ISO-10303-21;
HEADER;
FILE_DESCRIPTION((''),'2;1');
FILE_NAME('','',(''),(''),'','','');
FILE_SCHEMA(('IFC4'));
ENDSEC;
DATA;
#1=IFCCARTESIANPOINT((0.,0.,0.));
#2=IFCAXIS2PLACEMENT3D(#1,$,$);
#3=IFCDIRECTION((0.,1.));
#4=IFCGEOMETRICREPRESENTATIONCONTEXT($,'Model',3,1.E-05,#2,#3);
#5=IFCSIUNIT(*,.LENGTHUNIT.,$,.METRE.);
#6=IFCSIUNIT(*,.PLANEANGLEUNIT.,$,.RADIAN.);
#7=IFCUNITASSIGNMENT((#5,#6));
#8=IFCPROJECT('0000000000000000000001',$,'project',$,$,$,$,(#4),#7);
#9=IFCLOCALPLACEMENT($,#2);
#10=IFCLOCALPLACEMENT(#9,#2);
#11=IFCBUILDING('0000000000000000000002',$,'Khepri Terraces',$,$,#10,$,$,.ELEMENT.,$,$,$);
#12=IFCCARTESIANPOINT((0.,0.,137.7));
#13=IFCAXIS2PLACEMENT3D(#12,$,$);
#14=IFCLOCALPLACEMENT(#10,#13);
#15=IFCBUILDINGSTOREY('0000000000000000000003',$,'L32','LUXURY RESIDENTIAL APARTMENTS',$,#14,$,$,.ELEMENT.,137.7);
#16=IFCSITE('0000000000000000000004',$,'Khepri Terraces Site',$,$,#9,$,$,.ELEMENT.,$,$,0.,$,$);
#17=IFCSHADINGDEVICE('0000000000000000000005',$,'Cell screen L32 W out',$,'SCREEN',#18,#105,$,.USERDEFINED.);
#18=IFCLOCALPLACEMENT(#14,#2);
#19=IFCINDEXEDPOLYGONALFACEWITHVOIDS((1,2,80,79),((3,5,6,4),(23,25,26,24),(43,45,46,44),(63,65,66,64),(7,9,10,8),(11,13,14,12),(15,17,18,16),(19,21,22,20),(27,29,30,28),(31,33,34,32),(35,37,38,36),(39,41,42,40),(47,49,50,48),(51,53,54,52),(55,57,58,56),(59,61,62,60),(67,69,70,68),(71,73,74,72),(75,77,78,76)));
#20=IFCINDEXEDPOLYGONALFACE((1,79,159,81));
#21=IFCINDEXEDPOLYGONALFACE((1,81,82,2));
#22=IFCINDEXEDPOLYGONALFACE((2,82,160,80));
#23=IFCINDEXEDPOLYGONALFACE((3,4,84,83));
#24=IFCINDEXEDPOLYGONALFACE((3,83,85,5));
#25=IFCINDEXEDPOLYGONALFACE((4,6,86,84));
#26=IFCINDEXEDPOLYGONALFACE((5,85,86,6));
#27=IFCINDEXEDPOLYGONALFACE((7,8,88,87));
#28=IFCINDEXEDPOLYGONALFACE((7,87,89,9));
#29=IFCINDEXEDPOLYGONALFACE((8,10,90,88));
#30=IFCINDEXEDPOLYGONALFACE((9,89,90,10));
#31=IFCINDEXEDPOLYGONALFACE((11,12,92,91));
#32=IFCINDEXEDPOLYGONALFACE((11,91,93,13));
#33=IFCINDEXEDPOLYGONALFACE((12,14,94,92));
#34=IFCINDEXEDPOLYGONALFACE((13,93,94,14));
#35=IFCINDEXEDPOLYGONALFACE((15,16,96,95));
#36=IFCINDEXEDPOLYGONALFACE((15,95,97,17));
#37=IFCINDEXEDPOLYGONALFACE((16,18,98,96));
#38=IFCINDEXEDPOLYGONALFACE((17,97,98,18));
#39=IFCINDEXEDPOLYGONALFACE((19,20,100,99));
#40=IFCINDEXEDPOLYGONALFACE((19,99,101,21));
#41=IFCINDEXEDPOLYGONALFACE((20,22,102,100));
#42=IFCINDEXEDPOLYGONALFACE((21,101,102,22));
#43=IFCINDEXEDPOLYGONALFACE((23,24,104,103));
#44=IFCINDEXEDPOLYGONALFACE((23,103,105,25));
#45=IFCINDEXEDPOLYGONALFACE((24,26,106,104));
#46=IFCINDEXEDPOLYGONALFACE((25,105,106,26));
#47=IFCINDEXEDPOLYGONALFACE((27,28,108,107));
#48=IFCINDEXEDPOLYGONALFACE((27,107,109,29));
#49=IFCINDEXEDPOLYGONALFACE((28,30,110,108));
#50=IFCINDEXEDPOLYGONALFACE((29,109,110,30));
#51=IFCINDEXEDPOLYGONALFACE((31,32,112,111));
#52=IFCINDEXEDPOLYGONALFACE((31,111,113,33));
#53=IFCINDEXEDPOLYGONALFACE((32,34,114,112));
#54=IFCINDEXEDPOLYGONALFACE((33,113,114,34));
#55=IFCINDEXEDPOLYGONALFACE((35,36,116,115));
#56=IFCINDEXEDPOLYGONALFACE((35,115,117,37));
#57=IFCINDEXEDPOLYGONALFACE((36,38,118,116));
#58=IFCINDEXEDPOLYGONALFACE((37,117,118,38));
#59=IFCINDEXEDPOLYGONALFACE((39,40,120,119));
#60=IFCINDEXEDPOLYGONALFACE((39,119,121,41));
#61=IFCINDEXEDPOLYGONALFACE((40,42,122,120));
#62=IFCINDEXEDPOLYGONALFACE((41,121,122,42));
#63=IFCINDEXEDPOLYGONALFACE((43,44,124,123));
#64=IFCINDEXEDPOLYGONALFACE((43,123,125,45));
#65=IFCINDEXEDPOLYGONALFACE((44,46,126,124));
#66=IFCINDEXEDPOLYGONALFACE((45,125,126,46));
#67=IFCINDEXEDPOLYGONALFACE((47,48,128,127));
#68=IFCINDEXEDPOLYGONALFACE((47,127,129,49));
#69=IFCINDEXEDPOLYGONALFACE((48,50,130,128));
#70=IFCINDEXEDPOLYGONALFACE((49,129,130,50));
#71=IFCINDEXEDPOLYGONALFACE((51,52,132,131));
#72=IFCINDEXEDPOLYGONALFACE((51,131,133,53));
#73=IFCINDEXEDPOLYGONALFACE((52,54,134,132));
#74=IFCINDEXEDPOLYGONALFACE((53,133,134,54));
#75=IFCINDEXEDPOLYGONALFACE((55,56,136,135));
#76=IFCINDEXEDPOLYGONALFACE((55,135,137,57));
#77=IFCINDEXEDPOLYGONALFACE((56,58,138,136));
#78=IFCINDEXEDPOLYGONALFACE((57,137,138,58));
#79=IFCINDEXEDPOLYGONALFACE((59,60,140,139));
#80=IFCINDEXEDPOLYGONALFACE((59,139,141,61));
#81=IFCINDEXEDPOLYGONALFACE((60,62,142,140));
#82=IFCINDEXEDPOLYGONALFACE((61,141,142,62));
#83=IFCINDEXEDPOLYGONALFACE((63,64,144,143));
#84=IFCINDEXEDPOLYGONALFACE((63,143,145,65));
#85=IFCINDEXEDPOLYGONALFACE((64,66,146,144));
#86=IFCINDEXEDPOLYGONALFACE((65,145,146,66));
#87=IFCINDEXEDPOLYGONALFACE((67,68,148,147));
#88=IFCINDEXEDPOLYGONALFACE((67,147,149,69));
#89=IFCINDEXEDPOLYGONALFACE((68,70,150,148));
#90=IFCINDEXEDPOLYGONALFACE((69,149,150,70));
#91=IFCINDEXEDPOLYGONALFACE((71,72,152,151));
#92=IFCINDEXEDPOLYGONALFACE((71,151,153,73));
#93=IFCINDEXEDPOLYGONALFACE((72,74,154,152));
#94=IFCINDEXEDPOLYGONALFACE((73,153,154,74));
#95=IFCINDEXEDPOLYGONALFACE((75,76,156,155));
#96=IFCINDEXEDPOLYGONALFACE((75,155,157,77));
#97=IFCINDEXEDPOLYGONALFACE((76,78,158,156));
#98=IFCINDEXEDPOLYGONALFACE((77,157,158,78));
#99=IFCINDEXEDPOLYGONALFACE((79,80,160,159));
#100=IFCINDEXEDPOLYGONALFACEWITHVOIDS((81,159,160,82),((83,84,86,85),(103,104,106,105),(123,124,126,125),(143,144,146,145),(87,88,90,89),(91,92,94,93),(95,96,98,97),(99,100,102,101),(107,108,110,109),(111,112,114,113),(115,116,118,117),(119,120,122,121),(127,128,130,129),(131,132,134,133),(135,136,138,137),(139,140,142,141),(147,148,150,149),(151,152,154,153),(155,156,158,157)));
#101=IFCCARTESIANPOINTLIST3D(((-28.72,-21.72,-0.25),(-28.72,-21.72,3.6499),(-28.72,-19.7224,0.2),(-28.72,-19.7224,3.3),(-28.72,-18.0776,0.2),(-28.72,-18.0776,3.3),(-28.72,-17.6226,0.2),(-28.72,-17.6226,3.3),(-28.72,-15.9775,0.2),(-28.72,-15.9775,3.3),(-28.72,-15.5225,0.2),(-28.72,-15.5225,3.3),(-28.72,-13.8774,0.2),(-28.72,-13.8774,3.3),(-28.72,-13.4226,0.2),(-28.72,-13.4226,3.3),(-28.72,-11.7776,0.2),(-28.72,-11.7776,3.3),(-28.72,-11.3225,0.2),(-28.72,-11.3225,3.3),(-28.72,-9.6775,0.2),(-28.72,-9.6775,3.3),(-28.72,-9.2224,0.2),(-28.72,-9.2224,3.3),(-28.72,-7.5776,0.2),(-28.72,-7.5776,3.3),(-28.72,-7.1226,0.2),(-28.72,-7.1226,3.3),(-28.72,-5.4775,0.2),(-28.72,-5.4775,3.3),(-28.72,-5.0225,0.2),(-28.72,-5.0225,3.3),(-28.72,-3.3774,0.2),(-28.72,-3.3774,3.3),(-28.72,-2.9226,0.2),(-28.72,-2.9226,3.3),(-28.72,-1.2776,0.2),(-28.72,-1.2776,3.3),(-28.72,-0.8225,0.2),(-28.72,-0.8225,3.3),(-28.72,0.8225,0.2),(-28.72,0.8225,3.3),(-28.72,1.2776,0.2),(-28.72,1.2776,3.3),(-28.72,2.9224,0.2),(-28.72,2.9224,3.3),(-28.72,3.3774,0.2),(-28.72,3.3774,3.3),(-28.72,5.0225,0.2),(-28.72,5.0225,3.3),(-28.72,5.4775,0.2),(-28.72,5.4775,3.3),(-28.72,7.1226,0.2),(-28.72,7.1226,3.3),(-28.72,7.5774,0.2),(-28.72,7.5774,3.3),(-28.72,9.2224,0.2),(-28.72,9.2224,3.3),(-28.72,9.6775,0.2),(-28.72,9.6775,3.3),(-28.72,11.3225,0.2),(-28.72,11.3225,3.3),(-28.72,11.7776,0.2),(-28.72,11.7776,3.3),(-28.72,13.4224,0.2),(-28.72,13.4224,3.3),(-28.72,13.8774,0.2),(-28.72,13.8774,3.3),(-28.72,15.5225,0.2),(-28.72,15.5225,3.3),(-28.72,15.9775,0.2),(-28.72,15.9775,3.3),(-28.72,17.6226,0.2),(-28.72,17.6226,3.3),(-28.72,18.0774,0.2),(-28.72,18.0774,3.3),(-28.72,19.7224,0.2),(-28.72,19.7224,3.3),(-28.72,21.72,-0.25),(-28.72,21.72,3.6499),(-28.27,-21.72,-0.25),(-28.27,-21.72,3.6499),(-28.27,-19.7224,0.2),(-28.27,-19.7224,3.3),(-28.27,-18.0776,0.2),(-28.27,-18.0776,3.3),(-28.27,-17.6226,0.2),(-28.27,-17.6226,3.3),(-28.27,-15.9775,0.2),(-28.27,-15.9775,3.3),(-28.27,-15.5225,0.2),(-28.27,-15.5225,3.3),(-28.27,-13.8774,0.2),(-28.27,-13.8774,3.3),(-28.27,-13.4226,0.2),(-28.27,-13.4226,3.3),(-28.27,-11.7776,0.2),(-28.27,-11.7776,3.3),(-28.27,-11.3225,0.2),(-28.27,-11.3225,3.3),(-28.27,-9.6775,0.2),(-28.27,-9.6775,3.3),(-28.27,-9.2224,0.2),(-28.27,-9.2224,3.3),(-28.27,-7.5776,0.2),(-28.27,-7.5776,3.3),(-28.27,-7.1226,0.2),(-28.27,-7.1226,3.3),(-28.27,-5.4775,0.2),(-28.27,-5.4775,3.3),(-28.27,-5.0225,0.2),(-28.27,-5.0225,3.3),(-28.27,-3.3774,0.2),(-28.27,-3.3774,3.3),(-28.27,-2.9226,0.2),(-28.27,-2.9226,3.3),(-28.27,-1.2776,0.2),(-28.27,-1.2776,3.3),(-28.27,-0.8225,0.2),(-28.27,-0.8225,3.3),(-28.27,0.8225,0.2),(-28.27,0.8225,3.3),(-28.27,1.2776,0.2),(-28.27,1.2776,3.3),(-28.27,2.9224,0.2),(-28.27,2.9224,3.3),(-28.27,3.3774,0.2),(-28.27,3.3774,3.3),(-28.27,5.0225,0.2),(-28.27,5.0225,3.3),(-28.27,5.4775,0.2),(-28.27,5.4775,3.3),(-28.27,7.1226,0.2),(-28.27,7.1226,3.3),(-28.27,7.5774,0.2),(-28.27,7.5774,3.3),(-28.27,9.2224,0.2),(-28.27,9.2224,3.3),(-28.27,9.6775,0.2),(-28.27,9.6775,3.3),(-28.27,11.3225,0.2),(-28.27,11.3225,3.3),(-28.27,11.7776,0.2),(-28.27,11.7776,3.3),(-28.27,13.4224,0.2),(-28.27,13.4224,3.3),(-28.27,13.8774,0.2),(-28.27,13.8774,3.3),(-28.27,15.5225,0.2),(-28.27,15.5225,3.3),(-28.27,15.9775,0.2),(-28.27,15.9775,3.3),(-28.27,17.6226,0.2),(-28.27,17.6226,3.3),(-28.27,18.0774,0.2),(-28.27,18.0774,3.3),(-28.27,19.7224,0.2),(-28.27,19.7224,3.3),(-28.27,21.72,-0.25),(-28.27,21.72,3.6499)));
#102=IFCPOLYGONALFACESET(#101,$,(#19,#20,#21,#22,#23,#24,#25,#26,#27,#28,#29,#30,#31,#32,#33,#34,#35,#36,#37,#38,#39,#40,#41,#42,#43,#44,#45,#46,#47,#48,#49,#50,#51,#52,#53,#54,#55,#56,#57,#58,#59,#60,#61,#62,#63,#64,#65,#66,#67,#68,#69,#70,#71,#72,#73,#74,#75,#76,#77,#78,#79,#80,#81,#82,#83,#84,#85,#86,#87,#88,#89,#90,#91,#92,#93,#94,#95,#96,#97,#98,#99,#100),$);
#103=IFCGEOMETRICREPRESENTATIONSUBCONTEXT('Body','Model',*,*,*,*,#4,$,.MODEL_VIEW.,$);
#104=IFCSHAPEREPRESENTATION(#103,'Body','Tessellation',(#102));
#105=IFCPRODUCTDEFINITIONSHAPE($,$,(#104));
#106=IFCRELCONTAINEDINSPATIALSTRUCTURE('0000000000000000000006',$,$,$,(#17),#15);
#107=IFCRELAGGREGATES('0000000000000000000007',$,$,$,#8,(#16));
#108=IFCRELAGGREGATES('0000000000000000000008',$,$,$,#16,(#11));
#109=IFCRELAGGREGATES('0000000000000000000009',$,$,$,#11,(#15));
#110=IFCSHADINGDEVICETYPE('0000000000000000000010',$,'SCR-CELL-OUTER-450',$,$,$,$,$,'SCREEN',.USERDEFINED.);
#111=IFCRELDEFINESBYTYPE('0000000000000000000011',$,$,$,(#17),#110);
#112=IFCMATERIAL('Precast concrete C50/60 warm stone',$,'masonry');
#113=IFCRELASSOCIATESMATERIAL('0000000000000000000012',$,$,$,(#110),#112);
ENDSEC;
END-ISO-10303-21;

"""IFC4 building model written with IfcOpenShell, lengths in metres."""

from ifc_helpers import new_model, si_unit, direction, frame, origin, place, context, subcontext, project, spatial, polyline, outline, extrude, material, type_object, element, save


model = new_model("IFC4")

# Units and contexts
model_context = context("Model", 3, precision=1e-05, world=origin(), true_north=direction((0.0, 1.0)))
body_context = subcontext(model_context, "Body", "Model", "MODEL_VIEW")
ifc_project = project(units=[si_unit("LENGTHUNIT", "METRE"), si_unit("PLANEANGLEUNIT", "RADIAN")], contexts=[model_context])

# Site, building, storey
site_placement = place(None, origin())
site = spatial("IfcSite", under=ifc_project, at=site_placement, Name="Khepri Terraces Site", CompositionType="ELEMENT", RefElevation=0.0)
building_placement = place(site_placement, origin())
building = spatial("IfcBuilding", under=site, at=building_placement, Name="Khepri Terraces", CompositionType="ELEMENT")
storey_placement = place(building_placement, frame((0.0, 0.0, 137.7)))
storey = spatial("IfcBuildingStorey", under=building, at=storey_placement, Name="L32", Description="LUXURY RESIDENTIAL APARTMENTS", CompositionType="ELEMENT", Elevation=137.7)

# Shared definitions
ifc_material_1 = material(Name="Precast concrete C50/60 warm stone", Category="masonry")

# Shading device
shading_device_type_1 = type_object("IfcShadingDeviceType", Name="SCR-CELL-OUTER-450", ElementType="SCREEN", PredefinedType="USERDEFINED", material=ifc_material_1)
shading_device_1_placement = place(storey_placement, frame((-28.27, 21.72, -0.25), z_axis=(-1.0, 0.0, 0.0), x_axis=(0.0, -1.0, 0.0)))
element("IfcShadingDevice", 1, at=shading_device_1_placement, inside=storey, type_object=shading_device_type_1, Name="Cell screen L32 W out", ObjectType="SCREEN", PredefinedType="USERDEFINED", context=body_context, shape_type="SweptSolid", body=[
    extrude(outline(polyline([(0.0, 0.0), (43.4399, 0.0), (43.4399, 3.8999), (0.0, 3.8999), (0.0, 0.0)]), holes=[polyline([(1.9976, 0.45), (3.6426, 0.45), (3.6426, 3.55), (1.9976, 3.55), (1.9976, 0.45)]), polyline([(4.0974, 0.45), (5.7424, 0.45), (5.7424, 3.55), (4.0974, 3.55), (4.0974, 0.45)]), polyline([(6.1975, 0.45), (7.8425, 0.45), (7.8425, 3.55), (6.1975, 3.55), (6.1975, 0.45)]), polyline([(8.2976, 0.45), (9.9424, 0.45), (9.9424, 3.55), (8.2976, 3.55), (8.2976, 0.45)]), polyline([(10.3975, 0.45), (12.0425, 0.45), (12.0425, 3.55), (10.3975, 3.55), (10.3975, 0.45)]), polyline([(12.4976, 0.45), (14.1426, 0.45), (14.1426, 3.55), (12.4976, 3.55), (12.4976, 0.45)]), polyline([(14.5974, 0.45), (16.2424, 0.45), (16.2424, 3.55), (14.5974, 3.55), (14.5974, 0.45)]), polyline([(16.6975, 0.45), (18.3425, 0.45), (18.3425, 3.55), (16.6975, 3.55), (16.6975, 0.45)]), polyline([(18.7976, 0.45), (20.4424, 0.45), (20.4424, 3.55), (18.7976, 3.55), (18.7976, 0.45)]), polyline([(20.8975, 0.45), (22.5425, 0.45), (22.5425, 3.55), (20.8975, 3.55), (20.8975, 0.45)]), polyline([(22.9976, 0.45), (24.6426, 0.45), (24.6426, 3.55), (22.9976, 3.55), (22.9976, 0.45)]), polyline([(25.0974, 0.45), (26.7424, 0.45), (26.7424, 3.55), (25.0974, 3.55), (25.0974, 0.45)]), polyline([(27.1975, 0.45), (28.8425, 0.45), (28.8425, 3.55), (27.1975, 3.55), (27.1975, 0.45)]), polyline([(29.2976, 0.45), (30.9424, 0.45), (30.9424, 3.55), (29.2976, 3.55), (29.2976, 0.45)]), polyline([(31.3975, 0.45), (33.0425, 0.45), (33.0425, 3.55), (31.3975, 3.55), (31.3975, 0.45)]), polyline([(33.4976, 0.45), (35.1426, 0.45), (35.1426, 3.55), (33.4976, 3.55), (33.4976, 0.45)]), polyline([(35.5974, 0.45), (37.2424, 0.45), (37.2424, 3.55), (35.5974, 3.55), (35.5974, 0.45)]), polyline([(37.6975, 0.45), (39.3425, 0.45), (39.3425, 3.55), (37.6975, 3.55), (37.6975, 0.45)]), polyline([(39.7976, 0.45), (41.4424, 0.45), (41.4424, 3.55), (39.7976, 3.55), (39.7976, 0.45)])]), origin(), (0.0, 0.0, 1.0), 0.45),
])

save(model, "model.ifc")
